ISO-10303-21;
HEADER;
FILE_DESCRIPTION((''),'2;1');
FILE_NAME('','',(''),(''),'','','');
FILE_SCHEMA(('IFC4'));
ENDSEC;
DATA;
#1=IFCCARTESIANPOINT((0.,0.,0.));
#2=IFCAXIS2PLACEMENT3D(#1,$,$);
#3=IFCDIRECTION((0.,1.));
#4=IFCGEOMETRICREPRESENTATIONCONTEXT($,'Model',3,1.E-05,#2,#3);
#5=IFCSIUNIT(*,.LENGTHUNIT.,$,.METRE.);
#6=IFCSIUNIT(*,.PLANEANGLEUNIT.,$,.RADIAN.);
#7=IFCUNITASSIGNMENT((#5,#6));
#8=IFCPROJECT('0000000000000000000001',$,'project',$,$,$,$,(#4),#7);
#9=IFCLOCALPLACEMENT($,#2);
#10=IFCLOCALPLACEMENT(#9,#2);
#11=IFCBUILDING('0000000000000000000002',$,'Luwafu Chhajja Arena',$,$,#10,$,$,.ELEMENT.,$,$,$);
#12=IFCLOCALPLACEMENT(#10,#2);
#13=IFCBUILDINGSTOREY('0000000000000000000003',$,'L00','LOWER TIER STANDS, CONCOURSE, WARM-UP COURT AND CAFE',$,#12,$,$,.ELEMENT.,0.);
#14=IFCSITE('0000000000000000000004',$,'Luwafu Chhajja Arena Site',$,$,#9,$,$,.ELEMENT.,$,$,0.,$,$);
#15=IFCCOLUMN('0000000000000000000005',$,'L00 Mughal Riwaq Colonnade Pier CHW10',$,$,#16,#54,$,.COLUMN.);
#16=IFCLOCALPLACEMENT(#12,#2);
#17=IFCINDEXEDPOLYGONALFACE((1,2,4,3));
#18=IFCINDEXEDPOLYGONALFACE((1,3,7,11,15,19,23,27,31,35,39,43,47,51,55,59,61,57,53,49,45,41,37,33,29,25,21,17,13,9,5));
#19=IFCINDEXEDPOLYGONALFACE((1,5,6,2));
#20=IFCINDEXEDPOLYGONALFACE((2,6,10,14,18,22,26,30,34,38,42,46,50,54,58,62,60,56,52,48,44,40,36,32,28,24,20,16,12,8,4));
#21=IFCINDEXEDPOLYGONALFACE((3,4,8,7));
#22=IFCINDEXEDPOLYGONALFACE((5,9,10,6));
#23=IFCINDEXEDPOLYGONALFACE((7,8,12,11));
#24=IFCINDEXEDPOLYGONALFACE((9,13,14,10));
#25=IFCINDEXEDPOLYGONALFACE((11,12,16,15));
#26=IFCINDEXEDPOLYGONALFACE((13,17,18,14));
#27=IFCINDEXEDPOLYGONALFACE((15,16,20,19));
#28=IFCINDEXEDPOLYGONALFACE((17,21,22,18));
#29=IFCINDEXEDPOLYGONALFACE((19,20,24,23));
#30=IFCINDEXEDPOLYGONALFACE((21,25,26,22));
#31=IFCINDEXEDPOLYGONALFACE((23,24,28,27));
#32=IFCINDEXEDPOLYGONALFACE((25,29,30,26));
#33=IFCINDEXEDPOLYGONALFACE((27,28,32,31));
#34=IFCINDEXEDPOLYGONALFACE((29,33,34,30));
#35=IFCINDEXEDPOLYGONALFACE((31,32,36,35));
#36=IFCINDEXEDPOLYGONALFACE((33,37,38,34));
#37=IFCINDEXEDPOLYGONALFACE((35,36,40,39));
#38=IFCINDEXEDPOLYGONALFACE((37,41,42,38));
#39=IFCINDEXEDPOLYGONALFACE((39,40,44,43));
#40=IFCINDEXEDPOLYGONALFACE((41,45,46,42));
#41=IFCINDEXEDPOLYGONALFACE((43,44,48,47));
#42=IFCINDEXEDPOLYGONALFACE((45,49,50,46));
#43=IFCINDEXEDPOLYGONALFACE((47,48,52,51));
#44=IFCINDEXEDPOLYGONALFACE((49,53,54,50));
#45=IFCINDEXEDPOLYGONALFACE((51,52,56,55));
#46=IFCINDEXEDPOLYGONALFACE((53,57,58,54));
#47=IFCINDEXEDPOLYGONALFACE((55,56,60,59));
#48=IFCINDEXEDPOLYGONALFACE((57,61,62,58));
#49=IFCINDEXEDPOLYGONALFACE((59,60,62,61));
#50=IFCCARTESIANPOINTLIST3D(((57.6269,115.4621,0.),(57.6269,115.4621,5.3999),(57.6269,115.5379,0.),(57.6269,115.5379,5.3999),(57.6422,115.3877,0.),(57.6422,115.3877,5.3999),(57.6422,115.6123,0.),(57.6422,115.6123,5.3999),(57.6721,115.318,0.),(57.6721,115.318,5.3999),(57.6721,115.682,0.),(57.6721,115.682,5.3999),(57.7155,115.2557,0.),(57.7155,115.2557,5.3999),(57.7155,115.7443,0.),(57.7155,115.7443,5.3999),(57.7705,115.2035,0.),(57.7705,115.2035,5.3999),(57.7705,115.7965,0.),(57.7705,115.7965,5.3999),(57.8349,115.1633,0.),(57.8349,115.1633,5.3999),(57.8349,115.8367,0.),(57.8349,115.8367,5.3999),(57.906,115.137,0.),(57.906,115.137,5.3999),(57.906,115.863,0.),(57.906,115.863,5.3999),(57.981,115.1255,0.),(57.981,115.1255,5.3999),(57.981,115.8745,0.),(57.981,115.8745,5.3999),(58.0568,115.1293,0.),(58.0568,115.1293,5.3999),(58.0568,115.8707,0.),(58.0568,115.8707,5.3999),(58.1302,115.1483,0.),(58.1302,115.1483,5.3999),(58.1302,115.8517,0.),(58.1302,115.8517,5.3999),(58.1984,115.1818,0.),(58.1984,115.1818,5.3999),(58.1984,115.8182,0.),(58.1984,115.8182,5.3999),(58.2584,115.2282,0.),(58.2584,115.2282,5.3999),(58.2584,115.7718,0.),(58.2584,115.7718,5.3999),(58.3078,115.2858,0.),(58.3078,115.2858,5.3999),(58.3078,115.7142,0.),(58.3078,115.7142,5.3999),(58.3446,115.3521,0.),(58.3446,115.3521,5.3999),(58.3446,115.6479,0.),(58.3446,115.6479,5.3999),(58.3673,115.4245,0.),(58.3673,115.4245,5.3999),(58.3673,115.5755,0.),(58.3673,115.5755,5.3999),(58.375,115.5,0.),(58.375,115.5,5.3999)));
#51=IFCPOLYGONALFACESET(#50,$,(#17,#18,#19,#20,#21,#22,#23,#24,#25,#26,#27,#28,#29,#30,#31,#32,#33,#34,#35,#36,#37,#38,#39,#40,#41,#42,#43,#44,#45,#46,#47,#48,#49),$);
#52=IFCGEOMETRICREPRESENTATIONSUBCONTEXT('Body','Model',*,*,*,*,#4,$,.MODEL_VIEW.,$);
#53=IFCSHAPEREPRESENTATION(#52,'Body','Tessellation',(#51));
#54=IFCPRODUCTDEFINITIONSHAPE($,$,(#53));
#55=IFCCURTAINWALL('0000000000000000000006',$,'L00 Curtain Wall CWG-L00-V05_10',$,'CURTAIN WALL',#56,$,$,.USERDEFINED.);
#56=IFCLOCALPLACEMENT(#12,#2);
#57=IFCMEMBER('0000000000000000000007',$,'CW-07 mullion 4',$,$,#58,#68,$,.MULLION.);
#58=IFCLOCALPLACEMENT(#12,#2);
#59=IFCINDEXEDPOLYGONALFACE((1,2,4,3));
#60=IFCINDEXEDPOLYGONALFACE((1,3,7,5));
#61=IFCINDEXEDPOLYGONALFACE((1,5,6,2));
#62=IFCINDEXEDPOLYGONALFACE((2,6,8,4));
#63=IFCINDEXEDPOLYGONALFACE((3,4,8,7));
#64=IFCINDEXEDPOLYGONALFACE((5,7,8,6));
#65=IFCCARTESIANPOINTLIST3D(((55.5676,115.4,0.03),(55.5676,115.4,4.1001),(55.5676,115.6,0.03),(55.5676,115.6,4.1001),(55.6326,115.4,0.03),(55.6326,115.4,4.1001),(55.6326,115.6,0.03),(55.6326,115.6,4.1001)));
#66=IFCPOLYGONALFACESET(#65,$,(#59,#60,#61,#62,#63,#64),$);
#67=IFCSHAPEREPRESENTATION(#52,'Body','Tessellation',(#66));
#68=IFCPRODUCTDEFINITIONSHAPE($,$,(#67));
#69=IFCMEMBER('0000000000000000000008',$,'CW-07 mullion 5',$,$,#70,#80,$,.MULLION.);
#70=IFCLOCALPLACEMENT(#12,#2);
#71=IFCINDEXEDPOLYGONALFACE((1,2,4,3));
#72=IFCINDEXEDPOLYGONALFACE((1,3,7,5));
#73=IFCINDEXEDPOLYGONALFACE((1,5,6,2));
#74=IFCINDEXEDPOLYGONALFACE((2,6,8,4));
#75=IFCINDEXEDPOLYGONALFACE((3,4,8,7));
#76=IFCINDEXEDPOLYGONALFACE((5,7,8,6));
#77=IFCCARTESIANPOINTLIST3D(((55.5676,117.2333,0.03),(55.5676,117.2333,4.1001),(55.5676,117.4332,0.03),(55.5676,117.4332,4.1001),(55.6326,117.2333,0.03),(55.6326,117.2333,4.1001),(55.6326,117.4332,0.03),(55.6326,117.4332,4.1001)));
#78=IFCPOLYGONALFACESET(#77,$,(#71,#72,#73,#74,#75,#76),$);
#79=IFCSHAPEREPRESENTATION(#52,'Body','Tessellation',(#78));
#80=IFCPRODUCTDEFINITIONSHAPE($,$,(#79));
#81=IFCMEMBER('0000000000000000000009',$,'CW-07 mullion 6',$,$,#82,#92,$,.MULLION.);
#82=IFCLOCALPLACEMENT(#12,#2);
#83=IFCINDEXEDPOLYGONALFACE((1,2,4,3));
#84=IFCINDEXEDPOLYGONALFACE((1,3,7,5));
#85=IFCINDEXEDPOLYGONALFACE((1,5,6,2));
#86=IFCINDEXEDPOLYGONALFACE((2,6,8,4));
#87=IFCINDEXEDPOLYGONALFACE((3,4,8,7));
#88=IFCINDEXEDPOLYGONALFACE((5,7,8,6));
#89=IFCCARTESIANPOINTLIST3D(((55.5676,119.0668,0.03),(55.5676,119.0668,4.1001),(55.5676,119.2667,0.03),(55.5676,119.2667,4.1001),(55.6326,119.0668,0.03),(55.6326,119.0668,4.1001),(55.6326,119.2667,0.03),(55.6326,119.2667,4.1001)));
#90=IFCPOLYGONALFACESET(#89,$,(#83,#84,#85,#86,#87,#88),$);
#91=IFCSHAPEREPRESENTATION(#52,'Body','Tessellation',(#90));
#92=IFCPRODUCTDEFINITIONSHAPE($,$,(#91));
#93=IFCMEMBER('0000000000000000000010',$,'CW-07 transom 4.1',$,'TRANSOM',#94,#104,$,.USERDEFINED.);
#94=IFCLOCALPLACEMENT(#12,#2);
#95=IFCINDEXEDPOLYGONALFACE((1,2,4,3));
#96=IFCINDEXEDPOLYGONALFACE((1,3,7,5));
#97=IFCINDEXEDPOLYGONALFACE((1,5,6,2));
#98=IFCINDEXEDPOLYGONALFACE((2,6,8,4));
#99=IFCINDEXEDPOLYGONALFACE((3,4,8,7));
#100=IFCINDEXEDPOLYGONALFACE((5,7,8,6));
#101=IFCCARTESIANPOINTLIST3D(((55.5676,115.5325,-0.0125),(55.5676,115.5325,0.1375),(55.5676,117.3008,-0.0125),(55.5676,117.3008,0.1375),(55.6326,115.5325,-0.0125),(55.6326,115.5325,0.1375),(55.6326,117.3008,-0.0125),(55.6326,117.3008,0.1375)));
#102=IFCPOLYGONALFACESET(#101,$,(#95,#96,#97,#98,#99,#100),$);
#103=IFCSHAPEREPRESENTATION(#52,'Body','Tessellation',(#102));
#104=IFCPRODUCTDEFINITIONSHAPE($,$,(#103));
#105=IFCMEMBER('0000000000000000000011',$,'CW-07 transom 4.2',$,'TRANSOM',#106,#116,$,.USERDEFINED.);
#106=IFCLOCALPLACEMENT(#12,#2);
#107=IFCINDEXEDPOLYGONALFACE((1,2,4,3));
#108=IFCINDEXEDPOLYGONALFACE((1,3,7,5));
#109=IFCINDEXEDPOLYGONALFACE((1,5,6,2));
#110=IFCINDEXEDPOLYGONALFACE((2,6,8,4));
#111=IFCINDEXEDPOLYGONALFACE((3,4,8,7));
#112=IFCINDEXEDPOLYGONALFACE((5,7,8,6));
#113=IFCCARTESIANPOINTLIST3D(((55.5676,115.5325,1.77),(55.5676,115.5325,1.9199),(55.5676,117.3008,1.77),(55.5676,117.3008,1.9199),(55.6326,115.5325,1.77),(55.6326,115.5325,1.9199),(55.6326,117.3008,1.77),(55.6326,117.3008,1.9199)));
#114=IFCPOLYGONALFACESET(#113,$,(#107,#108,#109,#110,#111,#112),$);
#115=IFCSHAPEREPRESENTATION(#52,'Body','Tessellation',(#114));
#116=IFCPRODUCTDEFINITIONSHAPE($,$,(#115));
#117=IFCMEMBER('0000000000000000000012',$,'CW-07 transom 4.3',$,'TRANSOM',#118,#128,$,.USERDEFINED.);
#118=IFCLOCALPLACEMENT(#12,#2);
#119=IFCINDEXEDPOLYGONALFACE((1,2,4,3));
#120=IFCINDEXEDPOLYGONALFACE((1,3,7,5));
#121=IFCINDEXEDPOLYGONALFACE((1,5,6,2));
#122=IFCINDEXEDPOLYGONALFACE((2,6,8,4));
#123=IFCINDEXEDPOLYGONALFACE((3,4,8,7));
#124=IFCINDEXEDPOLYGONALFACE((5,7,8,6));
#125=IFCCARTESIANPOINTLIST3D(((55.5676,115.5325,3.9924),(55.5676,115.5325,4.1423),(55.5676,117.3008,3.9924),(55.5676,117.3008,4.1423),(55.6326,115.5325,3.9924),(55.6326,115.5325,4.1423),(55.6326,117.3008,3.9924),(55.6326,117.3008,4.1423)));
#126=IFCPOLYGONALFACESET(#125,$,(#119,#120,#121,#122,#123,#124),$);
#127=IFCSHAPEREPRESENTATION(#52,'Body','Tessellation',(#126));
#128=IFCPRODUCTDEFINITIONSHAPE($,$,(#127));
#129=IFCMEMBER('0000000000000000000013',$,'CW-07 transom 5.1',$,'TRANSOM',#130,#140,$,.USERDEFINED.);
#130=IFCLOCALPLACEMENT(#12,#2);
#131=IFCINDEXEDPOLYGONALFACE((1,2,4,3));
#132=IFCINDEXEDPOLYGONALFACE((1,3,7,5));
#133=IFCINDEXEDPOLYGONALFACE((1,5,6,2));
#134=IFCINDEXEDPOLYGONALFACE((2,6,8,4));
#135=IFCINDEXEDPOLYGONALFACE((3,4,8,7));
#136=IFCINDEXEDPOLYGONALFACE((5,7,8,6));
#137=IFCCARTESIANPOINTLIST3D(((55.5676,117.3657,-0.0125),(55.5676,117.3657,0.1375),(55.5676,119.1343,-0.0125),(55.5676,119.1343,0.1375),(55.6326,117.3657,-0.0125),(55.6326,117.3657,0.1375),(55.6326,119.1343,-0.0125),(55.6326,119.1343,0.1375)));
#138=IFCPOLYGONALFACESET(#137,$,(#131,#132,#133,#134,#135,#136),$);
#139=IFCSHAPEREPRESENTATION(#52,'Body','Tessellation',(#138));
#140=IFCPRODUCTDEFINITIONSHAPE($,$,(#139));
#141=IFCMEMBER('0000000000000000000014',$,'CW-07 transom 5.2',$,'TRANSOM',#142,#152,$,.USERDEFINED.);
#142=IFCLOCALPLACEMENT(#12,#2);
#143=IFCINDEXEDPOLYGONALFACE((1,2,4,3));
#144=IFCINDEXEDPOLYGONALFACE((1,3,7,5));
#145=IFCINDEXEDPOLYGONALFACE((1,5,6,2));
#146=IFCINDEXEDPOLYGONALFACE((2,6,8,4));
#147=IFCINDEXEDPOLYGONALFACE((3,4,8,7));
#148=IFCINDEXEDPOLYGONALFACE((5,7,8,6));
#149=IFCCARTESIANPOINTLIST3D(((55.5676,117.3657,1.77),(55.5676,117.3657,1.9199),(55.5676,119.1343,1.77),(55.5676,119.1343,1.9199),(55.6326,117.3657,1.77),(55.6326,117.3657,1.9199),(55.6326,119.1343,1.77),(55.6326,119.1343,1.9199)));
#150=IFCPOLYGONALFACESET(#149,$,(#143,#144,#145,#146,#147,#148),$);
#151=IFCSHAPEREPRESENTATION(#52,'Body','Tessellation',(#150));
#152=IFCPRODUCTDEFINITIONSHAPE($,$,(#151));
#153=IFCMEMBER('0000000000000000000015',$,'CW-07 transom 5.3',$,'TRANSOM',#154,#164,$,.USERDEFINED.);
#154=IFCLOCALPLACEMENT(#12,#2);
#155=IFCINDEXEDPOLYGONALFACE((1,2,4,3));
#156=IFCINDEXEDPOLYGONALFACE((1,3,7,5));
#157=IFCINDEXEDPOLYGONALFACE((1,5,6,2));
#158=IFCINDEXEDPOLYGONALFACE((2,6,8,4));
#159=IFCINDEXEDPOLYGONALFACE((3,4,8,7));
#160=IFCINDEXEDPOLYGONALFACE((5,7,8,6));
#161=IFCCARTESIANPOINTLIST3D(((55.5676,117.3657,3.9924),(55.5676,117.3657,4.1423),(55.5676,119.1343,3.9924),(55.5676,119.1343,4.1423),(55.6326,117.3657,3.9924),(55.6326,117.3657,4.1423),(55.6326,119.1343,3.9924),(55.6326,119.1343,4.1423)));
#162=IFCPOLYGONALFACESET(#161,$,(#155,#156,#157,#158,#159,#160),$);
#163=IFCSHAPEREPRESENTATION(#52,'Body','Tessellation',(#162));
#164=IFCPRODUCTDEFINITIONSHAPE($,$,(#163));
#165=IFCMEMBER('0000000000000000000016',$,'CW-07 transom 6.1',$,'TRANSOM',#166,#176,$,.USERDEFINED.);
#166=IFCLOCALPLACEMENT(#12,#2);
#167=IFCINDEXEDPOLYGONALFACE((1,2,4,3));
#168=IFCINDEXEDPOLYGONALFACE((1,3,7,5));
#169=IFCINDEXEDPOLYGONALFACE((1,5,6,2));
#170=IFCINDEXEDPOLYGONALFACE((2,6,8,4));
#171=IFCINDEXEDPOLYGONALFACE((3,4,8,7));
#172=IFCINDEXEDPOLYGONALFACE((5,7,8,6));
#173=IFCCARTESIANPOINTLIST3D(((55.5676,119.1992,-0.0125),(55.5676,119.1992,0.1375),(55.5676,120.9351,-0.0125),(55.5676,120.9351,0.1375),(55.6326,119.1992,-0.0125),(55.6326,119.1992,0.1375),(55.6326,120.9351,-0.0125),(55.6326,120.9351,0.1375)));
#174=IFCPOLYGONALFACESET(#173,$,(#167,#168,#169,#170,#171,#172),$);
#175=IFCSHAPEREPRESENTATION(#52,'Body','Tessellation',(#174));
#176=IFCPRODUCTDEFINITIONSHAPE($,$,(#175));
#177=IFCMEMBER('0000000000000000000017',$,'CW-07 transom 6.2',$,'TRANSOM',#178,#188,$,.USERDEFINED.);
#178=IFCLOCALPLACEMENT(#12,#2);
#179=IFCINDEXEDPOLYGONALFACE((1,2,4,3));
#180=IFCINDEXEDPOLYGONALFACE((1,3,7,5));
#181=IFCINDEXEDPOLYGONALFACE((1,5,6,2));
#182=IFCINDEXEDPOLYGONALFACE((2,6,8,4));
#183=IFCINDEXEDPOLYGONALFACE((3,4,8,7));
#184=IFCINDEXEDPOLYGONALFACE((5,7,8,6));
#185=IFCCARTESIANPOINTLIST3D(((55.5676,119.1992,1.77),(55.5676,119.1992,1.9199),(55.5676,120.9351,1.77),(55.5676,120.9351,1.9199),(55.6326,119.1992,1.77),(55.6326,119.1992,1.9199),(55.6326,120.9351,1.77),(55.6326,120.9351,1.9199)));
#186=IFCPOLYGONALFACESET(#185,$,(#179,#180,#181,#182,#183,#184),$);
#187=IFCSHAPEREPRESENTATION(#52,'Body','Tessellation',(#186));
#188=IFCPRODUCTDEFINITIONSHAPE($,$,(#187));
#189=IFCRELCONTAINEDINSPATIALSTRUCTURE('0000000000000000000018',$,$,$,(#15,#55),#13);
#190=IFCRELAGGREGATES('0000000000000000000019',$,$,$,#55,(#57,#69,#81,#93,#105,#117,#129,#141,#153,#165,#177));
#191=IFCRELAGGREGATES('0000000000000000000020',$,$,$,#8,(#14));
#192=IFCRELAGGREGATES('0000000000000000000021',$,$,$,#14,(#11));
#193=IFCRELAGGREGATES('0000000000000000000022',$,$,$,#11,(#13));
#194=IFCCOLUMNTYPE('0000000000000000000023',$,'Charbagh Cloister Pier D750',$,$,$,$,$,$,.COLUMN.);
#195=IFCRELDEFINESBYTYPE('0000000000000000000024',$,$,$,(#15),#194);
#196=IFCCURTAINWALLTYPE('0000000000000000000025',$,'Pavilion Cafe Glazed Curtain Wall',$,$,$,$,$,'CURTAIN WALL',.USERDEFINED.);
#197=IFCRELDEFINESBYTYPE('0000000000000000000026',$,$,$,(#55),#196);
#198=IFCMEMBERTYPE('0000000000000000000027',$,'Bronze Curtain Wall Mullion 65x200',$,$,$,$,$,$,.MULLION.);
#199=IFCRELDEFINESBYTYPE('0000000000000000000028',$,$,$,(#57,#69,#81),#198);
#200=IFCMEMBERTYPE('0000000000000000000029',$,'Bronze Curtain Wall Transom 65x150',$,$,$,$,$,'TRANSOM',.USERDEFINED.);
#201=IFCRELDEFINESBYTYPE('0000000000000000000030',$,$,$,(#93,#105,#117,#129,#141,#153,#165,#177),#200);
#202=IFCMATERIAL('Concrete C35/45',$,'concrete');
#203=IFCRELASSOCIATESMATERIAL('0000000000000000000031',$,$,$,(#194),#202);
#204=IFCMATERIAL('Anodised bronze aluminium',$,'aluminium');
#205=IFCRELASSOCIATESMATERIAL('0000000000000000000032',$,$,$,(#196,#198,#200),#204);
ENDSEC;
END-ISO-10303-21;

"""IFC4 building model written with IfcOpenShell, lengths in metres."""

from ifc_helpers import new_model, si_unit, direction, frame, origin, origin_2d, place, context, subcontext, project, spatial, rectangle, circle, extrude, material, material_profile, profile_set, type_object, element, aggregate, save


model = new_model("IFC4")

# Units and contexts
model_context = context("Model", 3, precision=1e-05, world=origin(), true_north=direction((0.0, 1.0)))
body_context = subcontext(model_context, "Body", "Model", "MODEL_VIEW")
ifc_project = project(units=[si_unit("LENGTHUNIT", "METRE"), si_unit("PLANEANGLEUNIT", "RADIAN")], contexts=[model_context])

# Site, building, storey
site_placement = place(None, origin())
site = spatial("IfcSite", under=ifc_project, at=site_placement, Name="Luwafu Chhajja Arena Site", CompositionType="ELEMENT", RefElevation=0.0)
building_placement = place(site_placement, origin())
building = spatial("IfcBuilding", under=site, at=building_placement, Name="Luwafu Chhajja Arena", CompositionType="ELEMENT")
storey_placement = place(building_placement, origin())
storey = spatial("IfcBuildingStorey", under=building, at=storey_placement, Name="L00", Description="LOWER TIER STANDS, CONCOURSE, WARM-UP COURT AND CAFE", CompositionType="ELEMENT", Elevation=0.0)

# Column
ifc_material_1 = material(Name="Concrete C35/45", Category="concrete")
ifc_material_profile_1 = material_profile(ifc_material_1, circle(Radius=0.375, at=origin_2d()), Name="RC COL D750")
ifc_profile_set_1 = profile_set([ifc_material_profile_1], Name="Concrete C35/45")
column_type = type_object("IfcColumnType", Name="Charbagh Cloister Pier D750", PredefinedType="COLUMN", material=ifc_profile_set_1)
column_placement = place(storey_placement, frame((58.0, 115.5, 0.0), z_axis=(0.0, 0.0, 1.0), x_axis=(1.0, 0.0, 0.0)))
element("IfcColumn", 1, at=column_placement, inside=storey, type_object=column_type, Name="L00 Mughal Riwaq Colonnade Pier CHW10", PredefinedType="COLUMN", context=body_context, shape_type="SweptSolid", body=[
    extrude(circle(Radius=0.375, at=origin_2d()), origin(), (0.0, 0.0, 1.0), 5.3999),
])

# Curtain wall, members
ifc_material_2 = material(Name="Anodised bronze aluminium", Category="aluminium")
curtain_wall_type = type_object("IfcCurtainWallType", Name="Pavilion Cafe Glazed Curtain Wall", ElementType="CURTAIN WALL", PredefinedType="USERDEFINED", material=ifc_material_2)
curtain_wall_placement = place(storey_placement, origin())
curtain_wall = element("IfcCurtainWall", 2, at=curtain_wall_placement, inside=storey, type_object=curtain_wall_type, Name="L00 Curtain Wall CWG-L00-V05_10", ObjectType="CURTAIN WALL", PredefinedType="USERDEFINED")
ifc_material_profile_2 = material_profile(ifc_material_2, rectangle(XDim=0.0649, YDim=0.2, at=origin_2d()), Name="CWM 65x200")
ifc_profile_set_2 = profile_set([ifc_material_profile_2], Name="Anodised bronze aluminium")
member_type_1 = type_object("IfcMemberType", Name="Bronze Curtain Wall Mullion 65x200", PredefinedType="MULLION", material=ifc_profile_set_2)
member_1_placement = place(storey_placement, frame((55.6001, 115.5, 0.03), z_axis=(0.0, 0.0, 1.0), x_axis=(-1.0, 0.0, 0.0)))
member_1 = element("IfcMember", 3, at=member_1_placement, type_object=member_type_1, Name="CW-07 mullion 4", PredefinedType="MULLION", context=body_context, shape_type="SweptSolid", body=[
    extrude(rectangle(XDim=0.0649, YDim=0.2, at=origin_2d()), origin(), (0.0, 0.0, 1.0), 4.0701),
])
member_2_placement = place(storey_placement, frame((55.6001, 117.3333, 0.03), z_axis=(0.0, 0.0, 1.0), x_axis=(-1.0, 0.0, 0.0)))
member_2 = element("IfcMember", 4, at=member_2_placement, type_object=member_type_1, Name="CW-07 mullion 5", PredefinedType="MULLION", context=body_context, shape_type="SweptSolid", body=[
    extrude(rectangle(XDim=0.0649, YDim=0.2, at=origin_2d()), origin(), (0.0, 0.0, 1.0), 4.0701),
])
member_3_placement = place(storey_placement, frame((55.6001, 119.1667, 0.03), z_axis=(0.0, 0.0, 1.0), x_axis=(-1.0, 0.0, 0.0)))
member_3 = element("IfcMember", 5, at=member_3_placement, type_object=member_type_1, Name="CW-07 mullion 6", PredefinedType="MULLION", context=body_context, shape_type="SweptSolid", body=[
    extrude(rectangle(XDim=0.0649, YDim=0.2, at=origin_2d()), origin(), (0.0, 0.0, 1.0), 4.0701),
])
ifc_material_profile_3 = material_profile(ifc_material_2, rectangle(XDim=0.0649, YDim=0.1499, at=origin_2d()), Name="CWT 65x150")
ifc_profile_set_3 = profile_set([ifc_material_profile_3], Name="Anodised bronze aluminium")
member_type_2 = type_object("IfcMemberType", Name="Bronze Curtain Wall Transom 65x150", ElementType="TRANSOM", PredefinedType="USERDEFINED", material=ifc_profile_set_3)
member_4_placement = place(storey_placement, frame((55.6001, 115.5325, 0.0625), z_axis=(0.0, 1.0, 0.0), x_axis=(-1.0, 0.0, 0.0)))
member_4 = element("IfcMember", 6, at=member_4_placement, type_object=member_type_2, Name="CW-07 transom 4.1", ObjectType="TRANSOM", PredefinedType="USERDEFINED", context=body_context, shape_type="SweptSolid", body=[
    extrude(rectangle(XDim=0.0649, YDim=0.1499, at=origin_2d()), origin(), (0.0, 0.0, 1.0), 1.7683),
])
member_5_placement = place(storey_placement, frame((55.6001, 115.5325, 1.845), z_axis=(0.0, 1.0, 0.0), x_axis=(-1.0, 0.0, 0.0)))
member_5 = element("IfcMember", 7, at=member_5_placement, type_object=member_type_2, Name="CW-07 transom 4.2", ObjectType="TRANSOM", PredefinedType="USERDEFINED", context=body_context, shape_type="SweptSolid", body=[
    extrude(rectangle(XDim=0.0649, YDim=0.1499, at=origin_2d()), origin(), (0.0, 0.0, 1.0), 1.7683),
])
member_6_placement = place(storey_placement, frame((55.6001, 115.5325, 4.0674), z_axis=(0.0, 1.0, 0.0), x_axis=(-1.0, 0.0, 0.0)))
member_6 = element("IfcMember", 8, at=member_6_placement, type_object=member_type_2, Name="CW-07 transom 4.3", ObjectType="TRANSOM", PredefinedType="USERDEFINED", context=body_context, shape_type="SweptSolid", body=[
    extrude(rectangle(XDim=0.0649, YDim=0.1499, at=origin_2d()), origin(), (0.0, 0.0, 1.0), 1.7683),
])
member_7_placement = place(storey_placement, frame((55.6001, 117.3657, 0.0625), z_axis=(0.0, 1.0, 0.0), x_axis=(-1.0, 0.0, 0.0)))
member_7 = element("IfcMember", 9, at=member_7_placement, type_object=member_type_2, Name="CW-07 transom 5.1", ObjectType="TRANSOM", PredefinedType="USERDEFINED", context=body_context, shape_type="SweptSolid", body=[
    extrude(rectangle(XDim=0.0649, YDim=0.1499, at=origin_2d()), origin(), (0.0, 0.0, 1.0), 1.7686),
])
member_8_placement = place(storey_placement, frame((55.6001, 117.3657, 1.845), z_axis=(0.0, 1.0, 0.0), x_axis=(-1.0, 0.0, 0.0)))
member_8 = element("IfcMember", 10, at=member_8_placement, type_object=member_type_2, Name="CW-07 transom 5.2", ObjectType="TRANSOM", PredefinedType="USERDEFINED", context=body_context, shape_type="SweptSolid", body=[
    extrude(rectangle(XDim=0.0649, YDim=0.1499, at=origin_2d()), origin(), (0.0, 0.0, 1.0), 1.7686),
])
member_9_placement = place(storey_placement, frame((55.6001, 117.3657, 4.0674), z_axis=(0.0, 1.0, 0.0), x_axis=(-1.0, 0.0, 0.0)))
member_9 = element("IfcMember", 11, at=member_9_placement, type_object=member_type_2, Name="CW-07 transom 5.3", ObjectType="TRANSOM", PredefinedType="USERDEFINED", context=body_context, shape_type="SweptSolid", body=[
    extrude(rectangle(XDim=0.0649, YDim=0.1499, at=origin_2d()), origin(), (0.0, 0.0, 1.0), 1.7686),
])
member_10_placement = place(storey_placement, frame((55.6001, 119.1992, 0.0625), z_axis=(0.0, 1.0, 0.0), x_axis=(-1.0, 0.0, 0.0)))
member_10 = element("IfcMember", 12, at=member_10_placement, type_object=member_type_2, Name="CW-07 transom 6.1", ObjectType="TRANSOM", PredefinedType="USERDEFINED", context=body_context, shape_type="SweptSolid", body=[
    extrude(rectangle(XDim=0.0649, YDim=0.1499, at=origin_2d()), origin(), (0.0, 0.0, 1.0), 1.7358),
])
member_11_placement = place(storey_placement, frame((55.6001, 119.1992, 1.845), z_axis=(0.0, 1.0, 0.0), x_axis=(-1.0, 0.0, 0.0)))
member_11 = element("IfcMember", 13, at=member_11_placement, type_object=member_type_2, Name="CW-07 transom 6.2", ObjectType="TRANSOM", PredefinedType="USERDEFINED", context=body_context, shape_type="SweptSolid", body=[
    extrude(rectangle(XDim=0.0649, YDim=0.1499, at=origin_2d()), origin(), (0.0, 0.0, 1.0), 1.7358),
])
aggregate(curtain_wall, [member_1, member_2, member_3, member_4, member_5, member_6, member_7, member_8, member_9, member_10, member_11])

save(model, "model.ifc")
